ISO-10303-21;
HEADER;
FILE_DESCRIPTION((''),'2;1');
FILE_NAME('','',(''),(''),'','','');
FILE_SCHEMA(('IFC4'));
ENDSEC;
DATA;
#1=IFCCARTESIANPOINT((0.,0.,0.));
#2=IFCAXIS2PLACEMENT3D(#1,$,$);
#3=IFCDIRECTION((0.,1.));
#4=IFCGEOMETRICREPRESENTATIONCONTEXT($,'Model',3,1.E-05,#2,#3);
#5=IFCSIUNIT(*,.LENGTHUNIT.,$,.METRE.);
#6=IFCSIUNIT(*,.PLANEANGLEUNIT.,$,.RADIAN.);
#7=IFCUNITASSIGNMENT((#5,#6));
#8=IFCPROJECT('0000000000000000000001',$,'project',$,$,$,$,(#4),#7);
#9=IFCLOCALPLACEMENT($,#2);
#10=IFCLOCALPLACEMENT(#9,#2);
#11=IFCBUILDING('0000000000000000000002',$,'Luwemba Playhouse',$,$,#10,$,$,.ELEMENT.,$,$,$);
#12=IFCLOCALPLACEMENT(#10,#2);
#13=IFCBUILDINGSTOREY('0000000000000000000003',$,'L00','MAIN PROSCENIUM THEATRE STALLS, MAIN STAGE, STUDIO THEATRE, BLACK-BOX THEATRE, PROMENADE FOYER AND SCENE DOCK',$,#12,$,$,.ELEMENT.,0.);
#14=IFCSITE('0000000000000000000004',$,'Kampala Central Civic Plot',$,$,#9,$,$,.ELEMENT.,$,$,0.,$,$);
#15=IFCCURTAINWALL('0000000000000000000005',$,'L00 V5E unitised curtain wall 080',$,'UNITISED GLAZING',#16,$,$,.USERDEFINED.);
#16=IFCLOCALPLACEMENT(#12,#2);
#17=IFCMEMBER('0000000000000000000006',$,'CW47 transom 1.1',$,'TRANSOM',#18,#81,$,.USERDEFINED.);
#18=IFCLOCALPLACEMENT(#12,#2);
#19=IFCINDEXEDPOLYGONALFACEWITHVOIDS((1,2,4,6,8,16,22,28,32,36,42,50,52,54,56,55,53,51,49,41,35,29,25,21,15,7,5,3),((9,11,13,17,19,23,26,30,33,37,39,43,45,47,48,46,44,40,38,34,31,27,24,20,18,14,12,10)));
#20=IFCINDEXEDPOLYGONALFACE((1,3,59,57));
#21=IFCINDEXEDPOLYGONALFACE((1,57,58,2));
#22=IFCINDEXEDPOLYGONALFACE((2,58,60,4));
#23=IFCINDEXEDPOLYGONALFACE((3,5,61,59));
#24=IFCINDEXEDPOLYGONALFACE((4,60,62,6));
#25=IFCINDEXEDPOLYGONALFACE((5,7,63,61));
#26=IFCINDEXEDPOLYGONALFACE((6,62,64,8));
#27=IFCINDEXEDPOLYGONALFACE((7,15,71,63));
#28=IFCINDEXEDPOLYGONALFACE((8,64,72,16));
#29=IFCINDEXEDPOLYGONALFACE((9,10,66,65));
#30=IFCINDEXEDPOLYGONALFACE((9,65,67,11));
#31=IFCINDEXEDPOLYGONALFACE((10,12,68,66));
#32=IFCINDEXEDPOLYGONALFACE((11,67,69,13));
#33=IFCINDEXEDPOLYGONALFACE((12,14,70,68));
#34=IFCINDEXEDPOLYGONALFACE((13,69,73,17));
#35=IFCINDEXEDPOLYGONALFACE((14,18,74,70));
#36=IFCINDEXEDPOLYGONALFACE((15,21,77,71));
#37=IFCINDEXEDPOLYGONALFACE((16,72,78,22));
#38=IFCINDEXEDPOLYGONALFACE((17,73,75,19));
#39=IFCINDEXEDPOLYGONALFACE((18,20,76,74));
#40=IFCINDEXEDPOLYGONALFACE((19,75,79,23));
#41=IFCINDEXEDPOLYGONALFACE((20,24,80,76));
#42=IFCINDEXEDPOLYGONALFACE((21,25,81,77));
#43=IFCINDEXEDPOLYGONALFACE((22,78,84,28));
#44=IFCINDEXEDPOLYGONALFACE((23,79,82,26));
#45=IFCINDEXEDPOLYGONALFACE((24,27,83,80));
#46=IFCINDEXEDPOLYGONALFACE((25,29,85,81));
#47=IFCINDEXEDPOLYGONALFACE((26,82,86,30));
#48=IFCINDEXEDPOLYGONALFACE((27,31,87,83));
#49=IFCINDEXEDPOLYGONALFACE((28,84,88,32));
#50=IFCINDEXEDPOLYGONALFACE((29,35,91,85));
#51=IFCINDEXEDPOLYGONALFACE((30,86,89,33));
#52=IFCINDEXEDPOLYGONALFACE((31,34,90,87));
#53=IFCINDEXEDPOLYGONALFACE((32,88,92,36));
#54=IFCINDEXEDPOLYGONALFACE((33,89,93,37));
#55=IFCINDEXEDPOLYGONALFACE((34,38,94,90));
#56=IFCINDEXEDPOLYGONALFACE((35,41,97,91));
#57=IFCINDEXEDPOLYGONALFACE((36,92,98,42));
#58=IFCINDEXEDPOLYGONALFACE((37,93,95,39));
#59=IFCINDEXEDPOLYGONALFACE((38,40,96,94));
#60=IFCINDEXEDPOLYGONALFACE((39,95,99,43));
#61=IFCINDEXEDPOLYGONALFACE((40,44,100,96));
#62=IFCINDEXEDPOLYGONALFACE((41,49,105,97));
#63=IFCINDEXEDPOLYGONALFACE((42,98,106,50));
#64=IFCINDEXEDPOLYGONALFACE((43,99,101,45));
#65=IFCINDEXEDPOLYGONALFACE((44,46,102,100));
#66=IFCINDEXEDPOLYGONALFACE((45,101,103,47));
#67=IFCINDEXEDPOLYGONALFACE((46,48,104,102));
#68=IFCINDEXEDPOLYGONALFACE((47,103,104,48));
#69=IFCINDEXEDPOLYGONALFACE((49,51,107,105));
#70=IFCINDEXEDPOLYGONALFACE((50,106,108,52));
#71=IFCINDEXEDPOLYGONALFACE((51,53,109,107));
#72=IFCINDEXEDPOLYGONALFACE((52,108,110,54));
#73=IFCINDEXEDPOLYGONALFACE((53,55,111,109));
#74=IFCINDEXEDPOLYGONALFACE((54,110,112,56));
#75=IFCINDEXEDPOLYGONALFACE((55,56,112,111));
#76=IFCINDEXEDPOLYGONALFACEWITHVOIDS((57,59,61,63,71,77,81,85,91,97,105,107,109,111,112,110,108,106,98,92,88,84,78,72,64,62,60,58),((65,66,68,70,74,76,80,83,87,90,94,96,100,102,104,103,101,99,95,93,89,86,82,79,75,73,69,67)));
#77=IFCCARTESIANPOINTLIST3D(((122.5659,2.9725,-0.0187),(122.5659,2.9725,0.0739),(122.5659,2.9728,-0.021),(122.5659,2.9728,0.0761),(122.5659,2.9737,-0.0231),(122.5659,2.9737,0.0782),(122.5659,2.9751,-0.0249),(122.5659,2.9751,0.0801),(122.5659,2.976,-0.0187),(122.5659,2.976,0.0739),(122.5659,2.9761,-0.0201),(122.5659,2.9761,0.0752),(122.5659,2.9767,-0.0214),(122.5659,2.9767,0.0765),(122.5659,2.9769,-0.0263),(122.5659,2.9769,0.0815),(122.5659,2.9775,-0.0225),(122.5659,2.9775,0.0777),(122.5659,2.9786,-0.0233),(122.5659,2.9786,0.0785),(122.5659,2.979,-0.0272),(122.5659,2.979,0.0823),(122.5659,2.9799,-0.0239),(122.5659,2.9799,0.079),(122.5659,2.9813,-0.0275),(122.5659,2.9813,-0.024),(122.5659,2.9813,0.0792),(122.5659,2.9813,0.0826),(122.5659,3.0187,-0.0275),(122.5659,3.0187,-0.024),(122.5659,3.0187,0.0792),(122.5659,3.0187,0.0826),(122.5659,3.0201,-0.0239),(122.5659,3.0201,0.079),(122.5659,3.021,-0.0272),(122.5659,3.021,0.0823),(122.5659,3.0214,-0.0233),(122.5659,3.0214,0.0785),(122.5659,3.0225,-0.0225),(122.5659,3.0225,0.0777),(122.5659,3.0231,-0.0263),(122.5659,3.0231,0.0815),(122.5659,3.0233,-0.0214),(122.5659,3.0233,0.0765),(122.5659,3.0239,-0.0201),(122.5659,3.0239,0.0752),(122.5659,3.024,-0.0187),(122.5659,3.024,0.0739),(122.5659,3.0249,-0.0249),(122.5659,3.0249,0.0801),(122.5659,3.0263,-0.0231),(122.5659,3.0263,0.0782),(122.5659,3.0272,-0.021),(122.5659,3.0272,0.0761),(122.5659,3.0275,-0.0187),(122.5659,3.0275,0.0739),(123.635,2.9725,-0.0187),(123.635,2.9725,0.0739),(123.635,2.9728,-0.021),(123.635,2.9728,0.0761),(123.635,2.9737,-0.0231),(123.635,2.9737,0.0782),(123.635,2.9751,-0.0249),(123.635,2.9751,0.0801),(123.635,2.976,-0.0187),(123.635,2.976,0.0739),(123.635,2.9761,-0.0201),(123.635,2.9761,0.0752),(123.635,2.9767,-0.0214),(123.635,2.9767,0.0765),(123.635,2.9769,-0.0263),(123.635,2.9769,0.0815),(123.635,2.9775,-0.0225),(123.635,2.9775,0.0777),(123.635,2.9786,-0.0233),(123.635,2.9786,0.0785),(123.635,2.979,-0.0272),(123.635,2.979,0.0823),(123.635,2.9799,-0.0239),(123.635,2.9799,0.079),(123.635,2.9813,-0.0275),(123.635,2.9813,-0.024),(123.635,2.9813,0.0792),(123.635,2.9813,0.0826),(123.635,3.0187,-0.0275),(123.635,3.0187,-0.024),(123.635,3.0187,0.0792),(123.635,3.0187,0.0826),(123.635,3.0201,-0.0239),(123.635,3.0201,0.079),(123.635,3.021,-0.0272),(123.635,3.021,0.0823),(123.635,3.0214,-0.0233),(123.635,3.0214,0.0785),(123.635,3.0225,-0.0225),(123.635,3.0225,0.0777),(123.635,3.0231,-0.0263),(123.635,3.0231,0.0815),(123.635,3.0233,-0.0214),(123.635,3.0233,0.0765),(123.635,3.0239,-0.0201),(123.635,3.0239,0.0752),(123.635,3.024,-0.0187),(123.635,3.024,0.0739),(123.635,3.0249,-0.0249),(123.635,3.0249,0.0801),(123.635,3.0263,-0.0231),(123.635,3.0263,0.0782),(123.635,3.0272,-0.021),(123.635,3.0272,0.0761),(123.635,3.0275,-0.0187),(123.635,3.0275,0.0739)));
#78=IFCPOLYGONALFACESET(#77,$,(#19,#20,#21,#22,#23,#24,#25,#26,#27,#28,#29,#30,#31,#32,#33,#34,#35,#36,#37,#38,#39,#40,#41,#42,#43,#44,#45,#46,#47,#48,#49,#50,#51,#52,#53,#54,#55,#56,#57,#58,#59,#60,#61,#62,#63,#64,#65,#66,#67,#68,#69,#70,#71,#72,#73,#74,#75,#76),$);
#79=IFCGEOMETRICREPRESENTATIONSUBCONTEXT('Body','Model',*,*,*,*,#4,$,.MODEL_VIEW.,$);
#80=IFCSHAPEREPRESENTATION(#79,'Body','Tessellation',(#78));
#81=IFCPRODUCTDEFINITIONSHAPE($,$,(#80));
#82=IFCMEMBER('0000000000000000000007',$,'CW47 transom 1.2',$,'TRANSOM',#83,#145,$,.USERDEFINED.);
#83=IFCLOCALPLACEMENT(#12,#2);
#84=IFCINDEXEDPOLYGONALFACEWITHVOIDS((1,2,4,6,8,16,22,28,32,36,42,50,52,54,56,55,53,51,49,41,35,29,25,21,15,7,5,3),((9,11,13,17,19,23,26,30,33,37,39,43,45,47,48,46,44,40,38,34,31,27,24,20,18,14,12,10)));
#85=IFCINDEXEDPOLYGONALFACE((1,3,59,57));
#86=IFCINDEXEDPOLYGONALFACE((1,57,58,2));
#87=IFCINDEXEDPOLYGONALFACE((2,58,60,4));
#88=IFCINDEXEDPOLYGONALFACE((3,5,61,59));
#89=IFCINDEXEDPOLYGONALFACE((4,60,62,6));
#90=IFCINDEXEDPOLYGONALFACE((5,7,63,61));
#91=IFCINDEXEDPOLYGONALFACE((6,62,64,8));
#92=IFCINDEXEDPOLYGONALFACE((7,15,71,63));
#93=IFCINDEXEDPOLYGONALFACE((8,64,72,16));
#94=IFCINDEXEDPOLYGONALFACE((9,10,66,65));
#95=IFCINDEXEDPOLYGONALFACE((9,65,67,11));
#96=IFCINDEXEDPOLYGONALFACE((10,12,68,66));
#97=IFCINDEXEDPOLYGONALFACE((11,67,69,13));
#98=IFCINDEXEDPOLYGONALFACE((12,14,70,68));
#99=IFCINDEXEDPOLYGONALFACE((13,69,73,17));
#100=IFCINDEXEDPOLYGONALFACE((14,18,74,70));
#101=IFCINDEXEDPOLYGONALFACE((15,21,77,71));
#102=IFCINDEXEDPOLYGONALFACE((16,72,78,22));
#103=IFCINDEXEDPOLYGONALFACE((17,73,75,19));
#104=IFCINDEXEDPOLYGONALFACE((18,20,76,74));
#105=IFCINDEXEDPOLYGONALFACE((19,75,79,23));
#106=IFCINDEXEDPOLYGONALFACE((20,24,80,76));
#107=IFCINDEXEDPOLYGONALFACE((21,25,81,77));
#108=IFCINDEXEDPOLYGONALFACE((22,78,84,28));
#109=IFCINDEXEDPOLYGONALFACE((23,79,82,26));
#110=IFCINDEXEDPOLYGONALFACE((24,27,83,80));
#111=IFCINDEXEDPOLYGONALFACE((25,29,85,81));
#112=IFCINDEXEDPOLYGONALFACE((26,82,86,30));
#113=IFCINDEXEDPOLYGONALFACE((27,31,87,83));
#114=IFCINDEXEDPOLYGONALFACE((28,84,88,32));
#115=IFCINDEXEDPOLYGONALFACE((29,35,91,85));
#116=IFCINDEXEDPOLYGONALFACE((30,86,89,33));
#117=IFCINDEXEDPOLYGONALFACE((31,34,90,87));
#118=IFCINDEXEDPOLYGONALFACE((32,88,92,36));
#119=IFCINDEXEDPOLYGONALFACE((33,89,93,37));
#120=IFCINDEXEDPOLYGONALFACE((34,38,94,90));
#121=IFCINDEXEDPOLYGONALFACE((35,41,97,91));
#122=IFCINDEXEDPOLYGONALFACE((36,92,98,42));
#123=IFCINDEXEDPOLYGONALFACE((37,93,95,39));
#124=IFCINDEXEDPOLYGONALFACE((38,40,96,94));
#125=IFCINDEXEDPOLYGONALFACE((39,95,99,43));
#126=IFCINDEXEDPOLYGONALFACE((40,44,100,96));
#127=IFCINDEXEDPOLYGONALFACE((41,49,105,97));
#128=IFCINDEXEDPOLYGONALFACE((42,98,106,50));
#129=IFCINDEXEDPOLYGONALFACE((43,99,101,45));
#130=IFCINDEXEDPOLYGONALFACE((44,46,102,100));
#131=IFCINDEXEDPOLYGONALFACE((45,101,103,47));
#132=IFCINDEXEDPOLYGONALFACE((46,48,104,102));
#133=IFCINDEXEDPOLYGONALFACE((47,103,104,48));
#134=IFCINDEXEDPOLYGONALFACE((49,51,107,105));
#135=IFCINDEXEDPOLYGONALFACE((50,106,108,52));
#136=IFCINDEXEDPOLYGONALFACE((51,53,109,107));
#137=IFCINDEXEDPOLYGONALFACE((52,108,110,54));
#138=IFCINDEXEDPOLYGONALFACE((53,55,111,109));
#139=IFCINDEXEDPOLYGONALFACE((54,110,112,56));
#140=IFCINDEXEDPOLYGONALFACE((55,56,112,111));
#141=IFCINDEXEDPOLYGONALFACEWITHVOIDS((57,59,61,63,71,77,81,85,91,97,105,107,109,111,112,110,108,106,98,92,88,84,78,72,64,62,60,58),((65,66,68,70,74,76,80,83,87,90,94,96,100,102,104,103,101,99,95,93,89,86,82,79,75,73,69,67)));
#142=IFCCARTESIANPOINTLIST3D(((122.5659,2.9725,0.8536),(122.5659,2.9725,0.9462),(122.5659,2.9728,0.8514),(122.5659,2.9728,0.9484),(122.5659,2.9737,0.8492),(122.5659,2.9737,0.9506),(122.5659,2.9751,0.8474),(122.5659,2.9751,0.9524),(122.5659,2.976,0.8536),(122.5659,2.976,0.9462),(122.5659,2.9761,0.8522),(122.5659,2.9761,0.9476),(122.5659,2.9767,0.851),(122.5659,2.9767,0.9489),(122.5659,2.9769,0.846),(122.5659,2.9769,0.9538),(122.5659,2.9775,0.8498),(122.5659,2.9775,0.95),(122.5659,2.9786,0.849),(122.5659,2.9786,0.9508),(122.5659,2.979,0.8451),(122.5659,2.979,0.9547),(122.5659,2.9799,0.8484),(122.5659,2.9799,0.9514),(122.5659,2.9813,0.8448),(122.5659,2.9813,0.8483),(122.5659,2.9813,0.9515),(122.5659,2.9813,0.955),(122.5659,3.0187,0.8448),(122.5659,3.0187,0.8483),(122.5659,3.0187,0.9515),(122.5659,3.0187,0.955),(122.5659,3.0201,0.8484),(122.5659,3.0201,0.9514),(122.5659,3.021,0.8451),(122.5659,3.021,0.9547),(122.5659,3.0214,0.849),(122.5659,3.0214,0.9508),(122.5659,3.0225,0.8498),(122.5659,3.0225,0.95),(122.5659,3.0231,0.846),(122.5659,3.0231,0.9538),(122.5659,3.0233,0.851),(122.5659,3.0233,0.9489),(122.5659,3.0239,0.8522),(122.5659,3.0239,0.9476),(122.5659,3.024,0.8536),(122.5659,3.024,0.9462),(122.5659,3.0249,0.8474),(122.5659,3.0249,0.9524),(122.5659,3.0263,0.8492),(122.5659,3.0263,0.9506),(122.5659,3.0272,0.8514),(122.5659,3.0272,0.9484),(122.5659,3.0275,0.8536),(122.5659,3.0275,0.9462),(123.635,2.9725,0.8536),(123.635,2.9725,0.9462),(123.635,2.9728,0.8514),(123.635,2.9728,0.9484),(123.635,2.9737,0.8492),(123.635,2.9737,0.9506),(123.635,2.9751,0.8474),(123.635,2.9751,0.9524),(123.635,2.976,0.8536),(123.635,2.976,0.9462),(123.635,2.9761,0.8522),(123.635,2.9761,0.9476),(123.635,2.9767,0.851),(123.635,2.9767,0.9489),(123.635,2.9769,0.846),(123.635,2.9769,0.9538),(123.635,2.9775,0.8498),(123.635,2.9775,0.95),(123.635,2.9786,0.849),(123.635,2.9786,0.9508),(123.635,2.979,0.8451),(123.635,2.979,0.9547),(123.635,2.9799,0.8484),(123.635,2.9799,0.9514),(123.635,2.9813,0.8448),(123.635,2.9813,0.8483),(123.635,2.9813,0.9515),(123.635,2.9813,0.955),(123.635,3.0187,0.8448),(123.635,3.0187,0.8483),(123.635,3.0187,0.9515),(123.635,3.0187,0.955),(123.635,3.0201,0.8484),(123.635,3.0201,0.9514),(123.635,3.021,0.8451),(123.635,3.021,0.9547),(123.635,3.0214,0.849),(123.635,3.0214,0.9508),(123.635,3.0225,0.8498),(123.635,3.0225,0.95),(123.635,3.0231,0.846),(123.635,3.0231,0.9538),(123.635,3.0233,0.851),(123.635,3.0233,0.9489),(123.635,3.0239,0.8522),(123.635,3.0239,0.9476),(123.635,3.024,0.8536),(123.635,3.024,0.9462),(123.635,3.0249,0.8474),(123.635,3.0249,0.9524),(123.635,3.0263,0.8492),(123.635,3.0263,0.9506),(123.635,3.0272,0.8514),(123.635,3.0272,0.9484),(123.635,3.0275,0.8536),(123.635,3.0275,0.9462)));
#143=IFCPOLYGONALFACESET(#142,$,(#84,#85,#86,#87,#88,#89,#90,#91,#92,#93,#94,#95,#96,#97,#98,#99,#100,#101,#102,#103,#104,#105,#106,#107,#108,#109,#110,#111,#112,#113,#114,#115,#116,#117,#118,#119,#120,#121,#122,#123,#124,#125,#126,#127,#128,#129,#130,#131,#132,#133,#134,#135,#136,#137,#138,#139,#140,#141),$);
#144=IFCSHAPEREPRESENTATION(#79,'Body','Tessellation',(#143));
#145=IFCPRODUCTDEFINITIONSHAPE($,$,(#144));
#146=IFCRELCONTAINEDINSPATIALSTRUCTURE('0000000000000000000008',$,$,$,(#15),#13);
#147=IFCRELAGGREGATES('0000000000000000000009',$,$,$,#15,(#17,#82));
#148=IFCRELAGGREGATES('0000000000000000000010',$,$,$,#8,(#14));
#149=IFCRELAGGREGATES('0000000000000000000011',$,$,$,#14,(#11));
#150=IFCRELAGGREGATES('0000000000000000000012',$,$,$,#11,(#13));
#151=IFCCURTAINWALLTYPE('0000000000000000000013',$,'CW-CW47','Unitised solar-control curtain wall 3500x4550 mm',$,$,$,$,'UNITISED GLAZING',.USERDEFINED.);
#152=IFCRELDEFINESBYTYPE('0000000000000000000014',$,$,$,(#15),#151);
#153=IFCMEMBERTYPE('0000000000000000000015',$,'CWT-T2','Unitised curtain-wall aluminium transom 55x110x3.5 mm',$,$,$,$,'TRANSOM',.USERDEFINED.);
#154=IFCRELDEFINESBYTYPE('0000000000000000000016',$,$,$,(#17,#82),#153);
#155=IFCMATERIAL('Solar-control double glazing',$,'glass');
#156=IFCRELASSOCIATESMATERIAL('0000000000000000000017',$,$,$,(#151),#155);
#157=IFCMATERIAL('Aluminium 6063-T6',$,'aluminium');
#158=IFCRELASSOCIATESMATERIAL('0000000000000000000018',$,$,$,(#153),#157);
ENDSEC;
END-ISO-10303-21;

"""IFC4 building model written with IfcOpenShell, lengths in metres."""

from ifc_helpers import new_model, si_unit, direction, frame, origin, origin_2d, place, context, subcontext, project, spatial, hollow_rectangle, extrude, material, material_profile, profile_set, type_object, element, aggregate, save


model = new_model("IFC4")

# Units and contexts
model_context = context("Model", 3, precision=1e-05, world=origin(), true_north=direction((0.0, 1.0)))
body_context = subcontext(model_context, "Body", "Model", "MODEL_VIEW")
ifc_project = project(units=[si_unit("LENGTHUNIT", "METRE"), si_unit("PLANEANGLEUNIT", "RADIAN")], contexts=[model_context])

# Site, building, storey
site_placement = place(None, origin())
site = spatial("IfcSite", under=ifc_project, at=site_placement, Name="Kampala Central Civic Plot", CompositionType="ELEMENT", RefElevation=0.0)
building_placement = place(site_placement, origin())
building = spatial("IfcBuilding", under=site, at=building_placement, Name="Luwemba Playhouse", CompositionType="ELEMENT")
storey_placement = place(building_placement, origin())
storey = spatial("IfcBuildingStorey", under=building, at=storey_placement, Name="L00", Description="MAIN PROSCENIUM THEATRE STALLS, MAIN STAGE, STUDIO THEATRE, BLACK-BOX THEATRE, PROMENADE FOYER AND SCENE DOCK", CompositionType="ELEMENT", Elevation=0.0)

# Shared definitions
ifc_material_1 = material(Name="Solar-control double glazing", Category="glass")
ifc_material_2 = material(Name="Aluminium 6063-T6", Category="aluminium")

# Curtain wall, members
curtain_wall_type_1 = type_object("IfcCurtainWallType", Name="CW-CW47", Description="Unitised solar-control curtain wall 3500x4550 mm", ElementType="UNITISED GLAZING", PredefinedType="USERDEFINED", material=ifc_material_1)
curtain_wall_1_placement = place(storey_placement, origin())
curtain_wall_1 = element("IfcCurtainWall", 1, at=curtain_wall_1_placement, inside=storey, type_object=curtain_wall_type_1, Name="L00 V5E unitised curtain wall 080", ObjectType="UNITISED GLAZING", PredefinedType="USERDEFINED")
ifc_material_profile_1 = material_profile(ifc_material_2, hollow_rectangle(XDim=0.0549, YDim=0.1101, WallThickness=0.0034, InnerFilletRadius=0.0054, OuterFilletRadius=0.0088, at=origin_2d()))
ifc_profile_set_1 = profile_set([ifc_material_profile_1], Name="Aluminium 6063-T6")
member_type_1 = type_object("IfcMemberType", Name="CWT-T2", Description="Unitised curtain-wall aluminium transom 55x110x3.5 mm", ElementType="TRANSOM", PredefinedType="USERDEFINED", material=ifc_profile_set_1)
member_1_placement = place(storey_placement, frame((123.635, 3.0, 0.0276), z_axis=(-1.0, 0.0, 0.0), x_axis=(0.0, -1.0, 0.0)))
member_1 = element("IfcMember", 2, at=member_1_placement, type_object=member_type_1, Name="CW47 transom 1.1", ObjectType="TRANSOM", PredefinedType="USERDEFINED", context=body_context, shape_type="SweptSolid", body=[
    extrude(hollow_rectangle(XDim=0.0549, YDim=0.1101, WallThickness=0.0034, InnerFilletRadius=0.0054, OuterFilletRadius=0.0088, at=origin_2d()), origin(), (0.0, 0.0, 1.0), 1.0691),
])
member_2_placement = place(storey_placement, frame((123.635, 3.0, 0.8999), z_axis=(-1.0, 0.0, 0.0), x_axis=(0.0, -1.0, 0.0)))
member_2 = element("IfcMember", 3, at=member_2_placement, type_object=member_type_1, Name="CW47 transom 1.2", ObjectType="TRANSOM", PredefinedType="USERDEFINED", context=body_context, shape_type="SweptSolid", body=[
    extrude(hollow_rectangle(XDim=0.0549, YDim=0.1101, WallThickness=0.0034, InnerFilletRadius=0.0054, OuterFilletRadius=0.0088, at=origin_2d()), origin(), (0.0, 0.0, 1.0), 1.0691),
])
aggregate(curtain_wall_1, [member_1, member_2])

save(model, "model.ifc")
